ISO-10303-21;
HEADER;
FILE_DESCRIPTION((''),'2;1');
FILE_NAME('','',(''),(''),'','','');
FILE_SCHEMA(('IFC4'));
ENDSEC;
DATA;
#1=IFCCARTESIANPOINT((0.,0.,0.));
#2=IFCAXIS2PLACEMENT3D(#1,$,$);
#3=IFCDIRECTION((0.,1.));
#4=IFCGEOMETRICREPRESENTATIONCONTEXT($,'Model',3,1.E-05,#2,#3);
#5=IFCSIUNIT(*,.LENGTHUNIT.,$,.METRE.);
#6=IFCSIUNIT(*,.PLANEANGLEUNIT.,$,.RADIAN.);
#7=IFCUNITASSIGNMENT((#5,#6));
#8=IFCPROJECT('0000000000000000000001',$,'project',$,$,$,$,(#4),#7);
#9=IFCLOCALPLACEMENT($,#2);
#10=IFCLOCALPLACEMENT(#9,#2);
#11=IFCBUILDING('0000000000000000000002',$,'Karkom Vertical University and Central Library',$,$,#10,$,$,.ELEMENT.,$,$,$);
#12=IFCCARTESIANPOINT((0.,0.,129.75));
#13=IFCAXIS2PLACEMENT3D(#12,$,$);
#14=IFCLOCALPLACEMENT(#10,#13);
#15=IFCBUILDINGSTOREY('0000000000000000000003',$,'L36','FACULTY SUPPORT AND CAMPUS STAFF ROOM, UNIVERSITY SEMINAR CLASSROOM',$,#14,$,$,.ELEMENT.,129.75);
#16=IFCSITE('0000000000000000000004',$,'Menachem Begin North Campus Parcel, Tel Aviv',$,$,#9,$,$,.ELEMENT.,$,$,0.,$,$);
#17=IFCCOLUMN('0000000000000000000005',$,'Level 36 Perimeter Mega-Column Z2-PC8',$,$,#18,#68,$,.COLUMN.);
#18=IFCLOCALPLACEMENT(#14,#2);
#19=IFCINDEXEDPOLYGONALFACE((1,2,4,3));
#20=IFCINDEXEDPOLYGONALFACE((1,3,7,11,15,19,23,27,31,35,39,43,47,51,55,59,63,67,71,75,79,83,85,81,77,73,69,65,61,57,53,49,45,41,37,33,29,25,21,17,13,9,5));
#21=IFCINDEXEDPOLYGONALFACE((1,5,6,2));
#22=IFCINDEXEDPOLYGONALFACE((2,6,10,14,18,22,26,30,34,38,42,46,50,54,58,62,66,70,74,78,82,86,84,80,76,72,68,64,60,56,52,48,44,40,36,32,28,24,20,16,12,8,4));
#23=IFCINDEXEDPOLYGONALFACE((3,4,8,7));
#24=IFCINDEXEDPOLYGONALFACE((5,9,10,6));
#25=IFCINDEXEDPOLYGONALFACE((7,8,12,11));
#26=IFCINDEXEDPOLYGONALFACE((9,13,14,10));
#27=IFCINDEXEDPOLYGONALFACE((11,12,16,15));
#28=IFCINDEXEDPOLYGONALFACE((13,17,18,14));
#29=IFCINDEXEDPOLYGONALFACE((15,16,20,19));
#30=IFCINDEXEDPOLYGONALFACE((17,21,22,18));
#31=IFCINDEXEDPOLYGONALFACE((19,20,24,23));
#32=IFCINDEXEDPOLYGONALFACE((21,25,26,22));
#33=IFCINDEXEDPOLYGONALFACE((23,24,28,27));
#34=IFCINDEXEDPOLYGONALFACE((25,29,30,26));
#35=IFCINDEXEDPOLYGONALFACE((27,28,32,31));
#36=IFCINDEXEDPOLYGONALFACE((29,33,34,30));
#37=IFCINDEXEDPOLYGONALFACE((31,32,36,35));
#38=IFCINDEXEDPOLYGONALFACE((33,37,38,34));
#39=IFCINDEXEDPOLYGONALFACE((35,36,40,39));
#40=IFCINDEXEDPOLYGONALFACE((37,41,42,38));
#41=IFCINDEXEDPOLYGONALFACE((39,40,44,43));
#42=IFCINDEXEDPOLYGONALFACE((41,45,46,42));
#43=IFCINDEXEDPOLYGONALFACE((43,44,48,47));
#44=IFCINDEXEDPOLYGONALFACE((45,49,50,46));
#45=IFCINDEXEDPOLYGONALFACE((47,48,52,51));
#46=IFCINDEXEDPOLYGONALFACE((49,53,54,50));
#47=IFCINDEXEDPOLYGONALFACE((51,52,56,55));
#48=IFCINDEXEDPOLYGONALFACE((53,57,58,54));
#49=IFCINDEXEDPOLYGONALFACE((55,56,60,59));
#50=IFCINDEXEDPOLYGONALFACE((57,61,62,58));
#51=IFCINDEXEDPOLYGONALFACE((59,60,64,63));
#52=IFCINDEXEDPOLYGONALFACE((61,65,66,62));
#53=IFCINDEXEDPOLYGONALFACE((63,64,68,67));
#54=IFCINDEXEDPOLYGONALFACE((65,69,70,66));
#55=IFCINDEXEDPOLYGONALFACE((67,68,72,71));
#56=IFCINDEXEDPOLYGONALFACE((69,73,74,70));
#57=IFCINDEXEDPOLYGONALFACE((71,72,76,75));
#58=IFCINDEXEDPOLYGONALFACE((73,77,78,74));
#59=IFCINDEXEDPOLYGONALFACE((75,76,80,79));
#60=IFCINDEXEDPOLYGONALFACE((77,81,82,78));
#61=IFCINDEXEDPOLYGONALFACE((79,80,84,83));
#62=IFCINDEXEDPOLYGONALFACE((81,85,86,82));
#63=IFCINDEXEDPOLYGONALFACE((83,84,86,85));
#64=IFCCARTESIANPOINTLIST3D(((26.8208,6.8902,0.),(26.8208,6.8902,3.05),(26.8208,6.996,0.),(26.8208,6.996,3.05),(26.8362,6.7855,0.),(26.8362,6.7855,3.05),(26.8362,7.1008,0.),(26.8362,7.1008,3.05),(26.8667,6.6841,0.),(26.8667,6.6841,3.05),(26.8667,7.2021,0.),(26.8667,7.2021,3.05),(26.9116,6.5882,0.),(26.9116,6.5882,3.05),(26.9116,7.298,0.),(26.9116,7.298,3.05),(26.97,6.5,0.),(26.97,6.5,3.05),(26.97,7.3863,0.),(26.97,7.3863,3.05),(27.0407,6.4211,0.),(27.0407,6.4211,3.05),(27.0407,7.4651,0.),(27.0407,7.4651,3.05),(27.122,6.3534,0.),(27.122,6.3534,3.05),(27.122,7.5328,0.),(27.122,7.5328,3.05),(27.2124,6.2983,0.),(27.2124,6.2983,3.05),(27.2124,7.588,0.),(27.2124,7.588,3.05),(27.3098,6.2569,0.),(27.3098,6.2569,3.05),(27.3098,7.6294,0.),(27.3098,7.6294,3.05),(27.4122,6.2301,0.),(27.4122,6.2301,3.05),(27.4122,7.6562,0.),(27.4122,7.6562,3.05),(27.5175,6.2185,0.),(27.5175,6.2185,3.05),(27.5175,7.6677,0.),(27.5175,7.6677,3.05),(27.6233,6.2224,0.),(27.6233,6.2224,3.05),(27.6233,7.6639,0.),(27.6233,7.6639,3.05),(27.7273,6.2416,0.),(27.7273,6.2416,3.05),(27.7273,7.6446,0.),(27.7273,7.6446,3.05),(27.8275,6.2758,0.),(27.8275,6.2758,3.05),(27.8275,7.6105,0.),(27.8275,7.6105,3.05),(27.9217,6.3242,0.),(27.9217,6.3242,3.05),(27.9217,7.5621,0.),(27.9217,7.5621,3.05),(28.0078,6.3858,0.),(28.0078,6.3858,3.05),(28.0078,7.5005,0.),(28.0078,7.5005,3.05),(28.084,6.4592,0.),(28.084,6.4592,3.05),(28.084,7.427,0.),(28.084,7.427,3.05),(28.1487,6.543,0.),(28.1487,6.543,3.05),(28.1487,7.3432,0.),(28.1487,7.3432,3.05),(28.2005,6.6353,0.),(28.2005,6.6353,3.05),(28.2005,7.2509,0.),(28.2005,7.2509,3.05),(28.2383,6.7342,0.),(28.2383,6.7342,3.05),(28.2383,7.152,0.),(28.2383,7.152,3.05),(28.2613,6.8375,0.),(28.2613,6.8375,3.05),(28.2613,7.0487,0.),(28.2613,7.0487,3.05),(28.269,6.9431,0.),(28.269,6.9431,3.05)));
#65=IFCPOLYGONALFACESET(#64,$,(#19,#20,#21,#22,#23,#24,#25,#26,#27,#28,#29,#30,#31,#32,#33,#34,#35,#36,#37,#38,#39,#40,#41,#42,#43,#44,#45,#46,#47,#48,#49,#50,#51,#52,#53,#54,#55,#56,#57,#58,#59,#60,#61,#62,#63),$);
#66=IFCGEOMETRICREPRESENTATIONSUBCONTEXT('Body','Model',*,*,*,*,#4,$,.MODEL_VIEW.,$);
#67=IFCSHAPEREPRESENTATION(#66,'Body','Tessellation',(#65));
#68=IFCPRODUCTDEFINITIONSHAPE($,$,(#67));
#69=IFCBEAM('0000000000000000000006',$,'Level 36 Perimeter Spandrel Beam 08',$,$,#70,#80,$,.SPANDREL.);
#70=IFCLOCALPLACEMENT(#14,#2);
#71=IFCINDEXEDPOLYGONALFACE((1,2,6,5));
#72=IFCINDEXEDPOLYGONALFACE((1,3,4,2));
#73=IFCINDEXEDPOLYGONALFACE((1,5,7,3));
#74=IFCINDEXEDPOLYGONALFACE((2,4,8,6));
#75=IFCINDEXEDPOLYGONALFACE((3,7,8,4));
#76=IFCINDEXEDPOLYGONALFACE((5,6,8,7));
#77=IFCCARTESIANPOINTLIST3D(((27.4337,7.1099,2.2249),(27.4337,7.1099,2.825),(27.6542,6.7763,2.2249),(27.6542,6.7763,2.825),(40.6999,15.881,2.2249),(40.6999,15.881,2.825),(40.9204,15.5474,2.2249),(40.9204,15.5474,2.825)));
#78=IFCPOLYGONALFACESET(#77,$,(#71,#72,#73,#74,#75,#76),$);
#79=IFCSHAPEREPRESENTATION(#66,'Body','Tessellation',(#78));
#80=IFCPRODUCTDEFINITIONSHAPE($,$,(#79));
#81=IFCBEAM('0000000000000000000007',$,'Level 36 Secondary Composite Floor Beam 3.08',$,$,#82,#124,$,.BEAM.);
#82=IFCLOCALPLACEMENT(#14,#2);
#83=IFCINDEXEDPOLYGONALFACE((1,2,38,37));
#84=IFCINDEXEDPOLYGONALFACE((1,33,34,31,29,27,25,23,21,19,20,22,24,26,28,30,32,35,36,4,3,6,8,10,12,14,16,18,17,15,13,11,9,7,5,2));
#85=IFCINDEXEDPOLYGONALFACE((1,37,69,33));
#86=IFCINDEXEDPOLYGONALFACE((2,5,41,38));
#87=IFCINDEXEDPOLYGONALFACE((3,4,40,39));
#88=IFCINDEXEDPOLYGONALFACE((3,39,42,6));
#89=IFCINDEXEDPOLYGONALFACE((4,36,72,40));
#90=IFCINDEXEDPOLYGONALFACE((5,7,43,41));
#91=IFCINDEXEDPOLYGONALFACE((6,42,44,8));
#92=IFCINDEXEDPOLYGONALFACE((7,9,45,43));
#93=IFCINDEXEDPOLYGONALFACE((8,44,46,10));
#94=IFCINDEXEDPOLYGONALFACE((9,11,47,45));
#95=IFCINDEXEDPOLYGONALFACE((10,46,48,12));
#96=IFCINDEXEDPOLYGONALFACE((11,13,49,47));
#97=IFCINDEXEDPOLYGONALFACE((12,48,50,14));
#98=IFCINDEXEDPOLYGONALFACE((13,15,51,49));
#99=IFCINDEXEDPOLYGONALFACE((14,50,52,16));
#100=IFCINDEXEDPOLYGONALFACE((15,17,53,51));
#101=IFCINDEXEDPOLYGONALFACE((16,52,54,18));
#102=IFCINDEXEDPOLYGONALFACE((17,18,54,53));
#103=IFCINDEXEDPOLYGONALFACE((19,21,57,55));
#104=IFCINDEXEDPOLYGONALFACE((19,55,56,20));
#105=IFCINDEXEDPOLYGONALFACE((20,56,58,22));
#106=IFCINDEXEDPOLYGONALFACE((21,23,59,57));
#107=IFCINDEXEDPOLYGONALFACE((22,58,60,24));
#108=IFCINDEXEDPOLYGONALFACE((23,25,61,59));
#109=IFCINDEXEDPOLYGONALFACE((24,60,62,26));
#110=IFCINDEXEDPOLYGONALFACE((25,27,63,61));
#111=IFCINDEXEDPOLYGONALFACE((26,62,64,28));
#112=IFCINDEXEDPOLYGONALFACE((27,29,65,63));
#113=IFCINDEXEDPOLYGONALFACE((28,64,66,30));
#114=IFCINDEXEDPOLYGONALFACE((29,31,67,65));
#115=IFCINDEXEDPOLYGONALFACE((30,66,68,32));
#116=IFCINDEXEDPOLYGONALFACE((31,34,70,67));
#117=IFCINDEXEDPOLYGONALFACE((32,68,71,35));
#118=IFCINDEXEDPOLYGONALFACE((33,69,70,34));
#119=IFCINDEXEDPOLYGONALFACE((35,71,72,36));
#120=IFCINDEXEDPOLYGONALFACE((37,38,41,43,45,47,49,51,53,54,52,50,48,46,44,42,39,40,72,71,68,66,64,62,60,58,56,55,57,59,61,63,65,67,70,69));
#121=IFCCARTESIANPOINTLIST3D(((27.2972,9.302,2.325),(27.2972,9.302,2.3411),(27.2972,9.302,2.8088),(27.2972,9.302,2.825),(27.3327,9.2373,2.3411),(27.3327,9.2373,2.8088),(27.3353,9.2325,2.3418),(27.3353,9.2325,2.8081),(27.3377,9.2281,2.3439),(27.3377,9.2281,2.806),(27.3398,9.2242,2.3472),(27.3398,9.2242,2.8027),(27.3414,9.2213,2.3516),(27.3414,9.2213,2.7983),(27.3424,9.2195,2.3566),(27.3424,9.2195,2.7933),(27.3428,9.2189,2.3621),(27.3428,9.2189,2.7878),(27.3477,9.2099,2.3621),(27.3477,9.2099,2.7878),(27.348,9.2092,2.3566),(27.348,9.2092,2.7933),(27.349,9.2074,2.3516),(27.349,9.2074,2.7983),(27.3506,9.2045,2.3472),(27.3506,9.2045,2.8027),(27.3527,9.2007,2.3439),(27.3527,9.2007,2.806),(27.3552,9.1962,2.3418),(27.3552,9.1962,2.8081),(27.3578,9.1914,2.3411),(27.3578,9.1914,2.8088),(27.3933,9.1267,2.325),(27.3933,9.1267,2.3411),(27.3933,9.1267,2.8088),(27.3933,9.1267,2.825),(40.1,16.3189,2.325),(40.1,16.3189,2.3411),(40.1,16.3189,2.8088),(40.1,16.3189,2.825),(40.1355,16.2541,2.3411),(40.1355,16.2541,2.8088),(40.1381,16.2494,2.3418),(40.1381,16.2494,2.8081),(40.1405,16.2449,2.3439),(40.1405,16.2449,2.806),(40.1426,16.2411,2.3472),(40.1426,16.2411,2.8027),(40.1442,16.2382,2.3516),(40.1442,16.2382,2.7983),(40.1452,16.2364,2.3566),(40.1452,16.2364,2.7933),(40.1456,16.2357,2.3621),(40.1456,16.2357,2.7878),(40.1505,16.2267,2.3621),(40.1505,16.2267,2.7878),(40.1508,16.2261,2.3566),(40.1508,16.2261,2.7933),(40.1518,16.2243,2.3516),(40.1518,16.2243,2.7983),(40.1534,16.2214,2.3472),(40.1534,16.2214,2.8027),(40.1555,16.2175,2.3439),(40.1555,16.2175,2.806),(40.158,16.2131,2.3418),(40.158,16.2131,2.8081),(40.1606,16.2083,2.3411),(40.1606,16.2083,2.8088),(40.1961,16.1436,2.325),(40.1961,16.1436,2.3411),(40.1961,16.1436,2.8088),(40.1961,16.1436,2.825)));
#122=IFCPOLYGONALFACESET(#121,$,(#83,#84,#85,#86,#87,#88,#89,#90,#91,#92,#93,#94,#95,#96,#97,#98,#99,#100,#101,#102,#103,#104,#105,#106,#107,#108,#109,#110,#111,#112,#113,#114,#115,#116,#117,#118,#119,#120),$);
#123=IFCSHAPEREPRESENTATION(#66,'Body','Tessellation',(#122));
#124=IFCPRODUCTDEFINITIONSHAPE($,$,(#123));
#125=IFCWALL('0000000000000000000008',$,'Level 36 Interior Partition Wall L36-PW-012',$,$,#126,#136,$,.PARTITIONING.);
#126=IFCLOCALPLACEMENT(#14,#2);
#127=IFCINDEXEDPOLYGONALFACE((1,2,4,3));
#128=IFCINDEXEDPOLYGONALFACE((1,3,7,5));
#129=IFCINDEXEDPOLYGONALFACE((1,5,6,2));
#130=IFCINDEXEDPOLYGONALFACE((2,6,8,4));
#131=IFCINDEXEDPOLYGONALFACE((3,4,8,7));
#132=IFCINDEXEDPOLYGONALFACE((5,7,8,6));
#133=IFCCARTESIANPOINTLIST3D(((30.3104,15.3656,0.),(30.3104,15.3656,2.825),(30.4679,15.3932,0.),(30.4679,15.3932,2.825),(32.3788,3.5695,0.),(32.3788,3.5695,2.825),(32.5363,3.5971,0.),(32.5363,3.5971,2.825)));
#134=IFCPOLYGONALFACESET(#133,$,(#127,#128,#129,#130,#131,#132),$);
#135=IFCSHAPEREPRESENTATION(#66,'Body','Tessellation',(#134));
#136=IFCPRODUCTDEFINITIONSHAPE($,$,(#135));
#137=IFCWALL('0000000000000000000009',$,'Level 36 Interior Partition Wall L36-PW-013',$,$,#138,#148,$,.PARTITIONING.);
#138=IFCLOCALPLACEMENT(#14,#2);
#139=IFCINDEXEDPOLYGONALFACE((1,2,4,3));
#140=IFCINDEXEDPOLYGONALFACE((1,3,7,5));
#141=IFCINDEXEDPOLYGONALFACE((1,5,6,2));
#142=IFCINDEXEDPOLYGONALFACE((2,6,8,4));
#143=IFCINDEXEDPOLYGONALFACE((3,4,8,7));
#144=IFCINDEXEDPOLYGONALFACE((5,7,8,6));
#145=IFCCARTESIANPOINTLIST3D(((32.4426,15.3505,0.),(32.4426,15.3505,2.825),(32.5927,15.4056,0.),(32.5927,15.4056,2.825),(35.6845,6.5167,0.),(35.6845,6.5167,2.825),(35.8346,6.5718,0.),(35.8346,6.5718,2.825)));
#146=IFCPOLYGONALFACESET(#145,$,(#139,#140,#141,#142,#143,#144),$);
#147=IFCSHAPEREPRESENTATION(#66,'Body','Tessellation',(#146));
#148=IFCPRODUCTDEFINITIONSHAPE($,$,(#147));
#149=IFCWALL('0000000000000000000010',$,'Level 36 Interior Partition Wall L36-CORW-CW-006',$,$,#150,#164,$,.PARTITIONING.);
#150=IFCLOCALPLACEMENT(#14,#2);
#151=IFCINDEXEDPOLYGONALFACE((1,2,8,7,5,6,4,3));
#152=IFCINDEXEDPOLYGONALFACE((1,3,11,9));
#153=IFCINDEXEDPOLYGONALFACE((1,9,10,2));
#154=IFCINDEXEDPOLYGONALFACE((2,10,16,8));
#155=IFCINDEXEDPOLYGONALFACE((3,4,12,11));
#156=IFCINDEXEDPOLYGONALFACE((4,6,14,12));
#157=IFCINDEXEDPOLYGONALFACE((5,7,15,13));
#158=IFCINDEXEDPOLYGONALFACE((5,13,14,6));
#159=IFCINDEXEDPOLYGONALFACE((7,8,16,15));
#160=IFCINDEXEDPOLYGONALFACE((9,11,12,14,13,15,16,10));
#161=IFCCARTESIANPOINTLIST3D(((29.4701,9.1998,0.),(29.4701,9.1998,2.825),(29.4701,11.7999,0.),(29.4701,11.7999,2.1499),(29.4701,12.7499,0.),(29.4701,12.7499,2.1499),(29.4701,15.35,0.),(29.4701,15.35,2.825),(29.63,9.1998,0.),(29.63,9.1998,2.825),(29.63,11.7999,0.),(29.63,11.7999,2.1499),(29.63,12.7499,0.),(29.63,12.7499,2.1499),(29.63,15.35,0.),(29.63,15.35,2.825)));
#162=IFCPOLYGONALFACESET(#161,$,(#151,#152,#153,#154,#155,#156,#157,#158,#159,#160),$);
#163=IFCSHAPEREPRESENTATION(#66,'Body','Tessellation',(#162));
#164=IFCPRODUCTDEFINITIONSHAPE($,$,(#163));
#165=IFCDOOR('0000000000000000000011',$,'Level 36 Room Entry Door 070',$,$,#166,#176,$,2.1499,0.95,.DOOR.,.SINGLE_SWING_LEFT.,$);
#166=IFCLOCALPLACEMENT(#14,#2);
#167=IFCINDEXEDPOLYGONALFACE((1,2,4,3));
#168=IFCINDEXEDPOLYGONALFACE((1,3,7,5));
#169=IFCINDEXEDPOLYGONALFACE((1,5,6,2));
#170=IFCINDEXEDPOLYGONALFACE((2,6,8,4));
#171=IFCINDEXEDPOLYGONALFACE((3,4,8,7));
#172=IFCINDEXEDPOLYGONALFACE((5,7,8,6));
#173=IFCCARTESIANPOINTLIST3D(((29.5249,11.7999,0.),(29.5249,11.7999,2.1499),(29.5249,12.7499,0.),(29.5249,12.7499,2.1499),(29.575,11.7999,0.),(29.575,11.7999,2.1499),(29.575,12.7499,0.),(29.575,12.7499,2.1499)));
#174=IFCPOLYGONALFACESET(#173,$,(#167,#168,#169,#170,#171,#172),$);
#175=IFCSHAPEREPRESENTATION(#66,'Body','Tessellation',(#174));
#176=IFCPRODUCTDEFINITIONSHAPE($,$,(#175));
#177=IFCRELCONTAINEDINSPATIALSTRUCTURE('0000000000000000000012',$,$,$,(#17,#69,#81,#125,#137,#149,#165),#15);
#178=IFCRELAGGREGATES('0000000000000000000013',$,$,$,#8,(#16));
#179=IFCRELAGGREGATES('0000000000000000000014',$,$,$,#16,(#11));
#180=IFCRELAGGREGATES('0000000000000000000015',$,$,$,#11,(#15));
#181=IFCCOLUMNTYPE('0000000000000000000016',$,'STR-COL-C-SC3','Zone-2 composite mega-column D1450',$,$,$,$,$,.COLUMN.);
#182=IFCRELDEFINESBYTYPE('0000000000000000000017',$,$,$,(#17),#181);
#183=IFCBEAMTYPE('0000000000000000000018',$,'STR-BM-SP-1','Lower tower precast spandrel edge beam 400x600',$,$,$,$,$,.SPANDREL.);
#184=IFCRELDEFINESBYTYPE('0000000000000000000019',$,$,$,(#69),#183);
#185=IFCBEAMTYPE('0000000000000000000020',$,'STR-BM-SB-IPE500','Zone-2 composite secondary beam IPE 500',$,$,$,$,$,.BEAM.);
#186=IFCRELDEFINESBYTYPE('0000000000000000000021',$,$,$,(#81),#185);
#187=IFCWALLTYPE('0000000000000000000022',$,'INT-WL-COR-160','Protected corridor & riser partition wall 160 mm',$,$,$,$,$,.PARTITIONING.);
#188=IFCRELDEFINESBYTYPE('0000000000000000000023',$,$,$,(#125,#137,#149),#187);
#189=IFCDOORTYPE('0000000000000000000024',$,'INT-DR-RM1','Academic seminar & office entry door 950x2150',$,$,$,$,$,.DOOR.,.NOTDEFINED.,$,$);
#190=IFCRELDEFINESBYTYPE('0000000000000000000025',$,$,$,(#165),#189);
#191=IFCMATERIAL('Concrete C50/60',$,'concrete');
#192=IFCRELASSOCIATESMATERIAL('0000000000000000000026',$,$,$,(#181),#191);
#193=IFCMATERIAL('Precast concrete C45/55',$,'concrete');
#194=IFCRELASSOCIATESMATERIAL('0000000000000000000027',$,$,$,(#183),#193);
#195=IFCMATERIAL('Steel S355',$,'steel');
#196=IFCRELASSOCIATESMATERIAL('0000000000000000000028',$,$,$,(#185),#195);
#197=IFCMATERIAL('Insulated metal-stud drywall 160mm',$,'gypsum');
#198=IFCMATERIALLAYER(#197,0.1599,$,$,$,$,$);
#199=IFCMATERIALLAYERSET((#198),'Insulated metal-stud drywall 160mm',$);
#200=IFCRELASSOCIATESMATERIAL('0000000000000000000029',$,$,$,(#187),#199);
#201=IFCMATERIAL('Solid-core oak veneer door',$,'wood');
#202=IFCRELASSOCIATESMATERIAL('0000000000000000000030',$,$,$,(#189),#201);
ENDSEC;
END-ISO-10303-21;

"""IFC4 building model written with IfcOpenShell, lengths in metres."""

from ifc_helpers import new_model, si_unit, direction, frame, frame_2d, origin, origin_with_axes, origin_2d, place, context, subcontext, project, spatial, rectangle, circle, i_section, extrude, source, transform, mapped, material, layer, layer_set, material_profile, profile_set, type_object, element, fill, save


model = new_model("IFC4")

# Units and contexts
model_context = context("Model", 3, precision=1e-05, world=origin(), true_north=direction((0.0, 1.0)))
body_context = subcontext(model_context, "Body", "Model", "MODEL_VIEW")
ifc_project = project(units=[si_unit("LENGTHUNIT", "METRE"), si_unit("PLANEANGLEUNIT", "RADIAN")], contexts=[model_context])

# Site, building, storey
site_placement = place(None, origin())
site = spatial("IfcSite", under=ifc_project, at=site_placement, Name="Menachem Begin North Campus Parcel, Tel Aviv", CompositionType="ELEMENT", RefElevation=0.0)
building_placement = place(site_placement, origin())
building = spatial("IfcBuilding", under=site, at=building_placement, Name="Karkom Vertical University and Central Library", CompositionType="ELEMENT")
storey_placement = place(building_placement, frame((0.0, 0.0, 129.75)))
storey = spatial("IfcBuildingStorey", under=building, at=storey_placement, Name="L36", Description="FACULTY SUPPORT AND CAMPUS STAFF ROOM, UNIVERSITY SEMINAR CLASSROOM", CompositionType="ELEMENT", Elevation=129.75)

# Column
ifc_material_1 = material(Name="Concrete C50/60", Category="concrete")
ifc_material_profile_1 = material_profile(ifc_material_1, circle(Radius=0.7251, at=origin_2d()), Name="CFT-D1450")
ifc_profile_set_1 = profile_set([ifc_material_profile_1], Name="Concrete C50/60")
column_type = type_object("IfcColumnType", Name="STR-COL-C-SC3", Description="Zone-2 composite mega-column D1450", PredefinedType="COLUMN", material=ifc_profile_set_1)
shared_shape_1 = source(origin_with_axes(), body_context, "Body", "SweptSolid", [
    extrude(circle(Radius=0.7251, at=origin_2d()), origin(), (0.0, 0.0, 1.0), 3.05),
])
column_placement = place(storey_placement, frame((27.5439, 6.9431, 0.0), z_axis=(0.0, 0.0, 1.0), x_axis=(1.0, 0.0, 0.0)))
element("IfcColumn", 1, at=column_placement, inside=storey, type_object=column_type, Name="Level 36 Perimeter Mega-Column Z2-PC8", PredefinedType="COLUMN", context=body_context, shape_type="MappedRepresentation", body=[
    mapped(shared_shape_1, transform((0.0, 0.0, 0.0), scale=1.0)),
])

# Beams
ifc_material_2 = material(Name="Precast concrete C45/55", Category="concrete")
ifc_material_profile_2 = material_profile(ifc_material_2, rectangle(XDim=0.3999, YDim=0.6001, at=origin_2d()), Name="SPB-400x600")
ifc_profile_set_2 = profile_set([ifc_material_profile_2], Name="Precast concrete C45/55")
beam_type_1 = type_object("IfcBeamType", Name="STR-BM-SP-1", Description="Lower tower precast spandrel edge beam 400x600", PredefinedType="SPANDREL", material=ifc_profile_set_2)
shared_shape_2 = source(origin_with_axes(), body_context, "Body", "SweptSolid", [
    extrude(rectangle(XDim=0.3999, YDim=0.6001, at=origin_2d()), origin(), (0.0, 0.0, 1.0), 15.9036),
])
beam_1_placement = place(storey_placement, frame((27.5439, 6.9431, 2.5249), z_axis=(0.834165, 0.551515, 0.0), x_axis=(-0.551515, 0.834165, 0.0)))
element("IfcBeam", 2, at=beam_1_placement, inside=storey, type_object=beam_type_1, Name="Level 36 Perimeter Spandrel Beam 08", PredefinedType="SPANDREL", context=body_context, shape_type="MappedRepresentation", body=[
    mapped(shared_shape_2, transform((0.0, 0.0, 0.0), scale=1.0)),
])
ifc_material_3 = material(Name="Steel S355", Category="steel")
ifc_material_profile_3 = material_profile(ifc_material_3, i_section(OverallWidth=0.2, OverallDepth=0.5, WebThickness=0.0103, FlangeThickness=0.0161, FilletRadius=0.021, at=origin_2d()), Name="IPE 500")
ifc_profile_set_3 = profile_set([ifc_material_profile_3], Name="Steel S355")
beam_type_2 = type_object("IfcBeamType", Name="STR-BM-SB-IPE500", Description="Zone-2 composite secondary beam IPE 500", PredefinedType="BEAM", material=ifc_profile_set_3)
shared_shape_3 = source(origin_with_axes(), body_context, "Body", "SweptSolid", [
    extrude(i_section(OverallWidth=0.2, OverallDepth=0.5, WebThickness=0.0103, FlangeThickness=0.0161, FilletRadius=0.021, at=origin_2d()), origin(), (0.0, 0.0, 1.0), 14.5996),
])
beam_2_placement = place(storey_placement, frame((27.3452, 9.2144, 2.575), z_axis=(0.876928, 0.480622, 0.0), x_axis=(-0.480622, 0.876928, 0.0)))
element("IfcBeam", 3, at=beam_2_placement, inside=storey, type_object=beam_type_2, Name="Level 36 Secondary Composite Floor Beam 3.08", PredefinedType="BEAM", context=body_context, shape_type="MappedRepresentation", body=[
    mapped(shared_shape_3, transform((0.0, 0.0, 0.0), scale=1.0)),
])

# Wall
ifc_material_4 = material(Name="Insulated metal-stud drywall 160mm", Category="gypsum")
ifc_layer = layer(ifc_material_4, 0.1599)
ifc_layer_set = layer_set([ifc_layer], Name="Insulated metal-stud drywall 160mm")
wall_type = type_object("IfcWallType", Name="INT-WL-COR-160", Description="Protected corridor & riser partition wall 160 mm", PredefinedType="PARTITIONING", material=ifc_layer_set)
wall_1_placement = place(storey_placement, frame((30.3892, 15.3794, 0.0), z_axis=(0.0, 0.0, 1.0), x_axis=(0.172707, -0.984973, 0.0)))
element("IfcWall", 4, at=wall_1_placement, inside=storey, type_object=wall_type, Name="Level 36 Interior Partition Wall L36-PW-012", PredefinedType="PARTITIONING", context=body_context, shape_type="SweptSolid", body=[
    extrude(rectangle(XDim=11.9761, YDim=0.1599, at=frame_2d((5.988, 0.0))), origin(), (0.0, 0.0, 1.0), 2.825),
])

# Shared definitions
ifc_material_5 = material(Name="Solid-core oak veneer door", Category="wood")
door_type = type_object("IfcDoorType", Name="INT-DR-RM1", Description="Academic seminar & office entry door 950x2150", OperationType="NOTDEFINED", PredefinedType="DOOR", material=ifc_material_5)
shared_shape_4 = source(origin_with_axes(), body_context, "Body", "SweptSolid", [
    extrude(rectangle(XDim=0.95, YDim=2.1499, at=frame_2d((0.4751, 1.075))), frame((0.0, 0.0249, 0.0), z_axis=(0.0, -1.0, 0.0), x_axis=(1.0, 0.0, 0.0)), (0.0, 0.0, 1.0), 0.05),
])

# Wall
wall_2_placement = place(storey_placement, frame((32.5176, 15.3782, 0.0), z_axis=(0.0, 0.0, 1.0), x_axis=(0.344527, -0.938776, 0.0)))
element("IfcWall", 5, at=wall_2_placement, inside=storey, type_object=wall_type, Name="Level 36 Interior Partition Wall L36-PW-013", PredefinedType="PARTITIONING", context=body_context, shape_type="SweptSolid", body=[
    extrude(rectangle(XDim=9.4099, YDim=0.1599, at=frame_2d((4.7051, 0.0))), origin(), (0.0, 0.0, 1.0), 2.825),
])

# Wall, opening, door
wall_3_placement = place(storey_placement, frame((29.55, 15.3501, 0.0), z_axis=(0.0, 0.0, 1.0), x_axis=(0.0, -1.0, 0.0)))
wall_3 = element("IfcWall", 6, at=wall_3_placement, inside=storey, type_object=wall_type, Name="Level 36 Interior Partition Wall L36-CORW-CW-006", PredefinedType="PARTITIONING", context=body_context, shape_type="SweptSolid", body=[
    extrude(rectangle(XDim=6.1501, YDim=0.1599, at=frame_2d((3.0752, 0.0))), origin(), (0.0, 0.0, 1.0), 2.825),
])
opening_1_placement = place(wall_3_placement, frame((2.6001, 0.0, 0.0)))
opening_1 = element("IfcOpeningElement", 7, at=opening_1_placement, cuts=wall_3, PredefinedType="OPENING", context=body_context, shape_type="SweptSolid", body=[
    extrude(rectangle(XDim=0.95, YDim=2.1499, at=frame_2d((0.4751, 1.075))), frame((0.0, 0.0898, 0.0), z_axis=(0.0, -1.0, 0.0), x_axis=(1.0, 0.0, 0.0)), (0.0, 0.0, 1.0), 0.1799),
])
door_1_placement = place(opening_1_placement, origin())
door_1 = element("IfcDoor", 8, at=door_1_placement, inside=storey, type_object=door_type, Name="Level 36 Room Entry Door 070", OperationType="SINGLE_SWING_LEFT", OverallHeight=2.1499, OverallWidth=0.95, PredefinedType="DOOR", context=body_context, shape_type="MappedRepresentation", body=[
    mapped(shared_shape_4, transform((0.0, 0.0, 0.0), scale=1.0)),
])
fill(opening_1, door_1)

save(model, "model.ifc")
